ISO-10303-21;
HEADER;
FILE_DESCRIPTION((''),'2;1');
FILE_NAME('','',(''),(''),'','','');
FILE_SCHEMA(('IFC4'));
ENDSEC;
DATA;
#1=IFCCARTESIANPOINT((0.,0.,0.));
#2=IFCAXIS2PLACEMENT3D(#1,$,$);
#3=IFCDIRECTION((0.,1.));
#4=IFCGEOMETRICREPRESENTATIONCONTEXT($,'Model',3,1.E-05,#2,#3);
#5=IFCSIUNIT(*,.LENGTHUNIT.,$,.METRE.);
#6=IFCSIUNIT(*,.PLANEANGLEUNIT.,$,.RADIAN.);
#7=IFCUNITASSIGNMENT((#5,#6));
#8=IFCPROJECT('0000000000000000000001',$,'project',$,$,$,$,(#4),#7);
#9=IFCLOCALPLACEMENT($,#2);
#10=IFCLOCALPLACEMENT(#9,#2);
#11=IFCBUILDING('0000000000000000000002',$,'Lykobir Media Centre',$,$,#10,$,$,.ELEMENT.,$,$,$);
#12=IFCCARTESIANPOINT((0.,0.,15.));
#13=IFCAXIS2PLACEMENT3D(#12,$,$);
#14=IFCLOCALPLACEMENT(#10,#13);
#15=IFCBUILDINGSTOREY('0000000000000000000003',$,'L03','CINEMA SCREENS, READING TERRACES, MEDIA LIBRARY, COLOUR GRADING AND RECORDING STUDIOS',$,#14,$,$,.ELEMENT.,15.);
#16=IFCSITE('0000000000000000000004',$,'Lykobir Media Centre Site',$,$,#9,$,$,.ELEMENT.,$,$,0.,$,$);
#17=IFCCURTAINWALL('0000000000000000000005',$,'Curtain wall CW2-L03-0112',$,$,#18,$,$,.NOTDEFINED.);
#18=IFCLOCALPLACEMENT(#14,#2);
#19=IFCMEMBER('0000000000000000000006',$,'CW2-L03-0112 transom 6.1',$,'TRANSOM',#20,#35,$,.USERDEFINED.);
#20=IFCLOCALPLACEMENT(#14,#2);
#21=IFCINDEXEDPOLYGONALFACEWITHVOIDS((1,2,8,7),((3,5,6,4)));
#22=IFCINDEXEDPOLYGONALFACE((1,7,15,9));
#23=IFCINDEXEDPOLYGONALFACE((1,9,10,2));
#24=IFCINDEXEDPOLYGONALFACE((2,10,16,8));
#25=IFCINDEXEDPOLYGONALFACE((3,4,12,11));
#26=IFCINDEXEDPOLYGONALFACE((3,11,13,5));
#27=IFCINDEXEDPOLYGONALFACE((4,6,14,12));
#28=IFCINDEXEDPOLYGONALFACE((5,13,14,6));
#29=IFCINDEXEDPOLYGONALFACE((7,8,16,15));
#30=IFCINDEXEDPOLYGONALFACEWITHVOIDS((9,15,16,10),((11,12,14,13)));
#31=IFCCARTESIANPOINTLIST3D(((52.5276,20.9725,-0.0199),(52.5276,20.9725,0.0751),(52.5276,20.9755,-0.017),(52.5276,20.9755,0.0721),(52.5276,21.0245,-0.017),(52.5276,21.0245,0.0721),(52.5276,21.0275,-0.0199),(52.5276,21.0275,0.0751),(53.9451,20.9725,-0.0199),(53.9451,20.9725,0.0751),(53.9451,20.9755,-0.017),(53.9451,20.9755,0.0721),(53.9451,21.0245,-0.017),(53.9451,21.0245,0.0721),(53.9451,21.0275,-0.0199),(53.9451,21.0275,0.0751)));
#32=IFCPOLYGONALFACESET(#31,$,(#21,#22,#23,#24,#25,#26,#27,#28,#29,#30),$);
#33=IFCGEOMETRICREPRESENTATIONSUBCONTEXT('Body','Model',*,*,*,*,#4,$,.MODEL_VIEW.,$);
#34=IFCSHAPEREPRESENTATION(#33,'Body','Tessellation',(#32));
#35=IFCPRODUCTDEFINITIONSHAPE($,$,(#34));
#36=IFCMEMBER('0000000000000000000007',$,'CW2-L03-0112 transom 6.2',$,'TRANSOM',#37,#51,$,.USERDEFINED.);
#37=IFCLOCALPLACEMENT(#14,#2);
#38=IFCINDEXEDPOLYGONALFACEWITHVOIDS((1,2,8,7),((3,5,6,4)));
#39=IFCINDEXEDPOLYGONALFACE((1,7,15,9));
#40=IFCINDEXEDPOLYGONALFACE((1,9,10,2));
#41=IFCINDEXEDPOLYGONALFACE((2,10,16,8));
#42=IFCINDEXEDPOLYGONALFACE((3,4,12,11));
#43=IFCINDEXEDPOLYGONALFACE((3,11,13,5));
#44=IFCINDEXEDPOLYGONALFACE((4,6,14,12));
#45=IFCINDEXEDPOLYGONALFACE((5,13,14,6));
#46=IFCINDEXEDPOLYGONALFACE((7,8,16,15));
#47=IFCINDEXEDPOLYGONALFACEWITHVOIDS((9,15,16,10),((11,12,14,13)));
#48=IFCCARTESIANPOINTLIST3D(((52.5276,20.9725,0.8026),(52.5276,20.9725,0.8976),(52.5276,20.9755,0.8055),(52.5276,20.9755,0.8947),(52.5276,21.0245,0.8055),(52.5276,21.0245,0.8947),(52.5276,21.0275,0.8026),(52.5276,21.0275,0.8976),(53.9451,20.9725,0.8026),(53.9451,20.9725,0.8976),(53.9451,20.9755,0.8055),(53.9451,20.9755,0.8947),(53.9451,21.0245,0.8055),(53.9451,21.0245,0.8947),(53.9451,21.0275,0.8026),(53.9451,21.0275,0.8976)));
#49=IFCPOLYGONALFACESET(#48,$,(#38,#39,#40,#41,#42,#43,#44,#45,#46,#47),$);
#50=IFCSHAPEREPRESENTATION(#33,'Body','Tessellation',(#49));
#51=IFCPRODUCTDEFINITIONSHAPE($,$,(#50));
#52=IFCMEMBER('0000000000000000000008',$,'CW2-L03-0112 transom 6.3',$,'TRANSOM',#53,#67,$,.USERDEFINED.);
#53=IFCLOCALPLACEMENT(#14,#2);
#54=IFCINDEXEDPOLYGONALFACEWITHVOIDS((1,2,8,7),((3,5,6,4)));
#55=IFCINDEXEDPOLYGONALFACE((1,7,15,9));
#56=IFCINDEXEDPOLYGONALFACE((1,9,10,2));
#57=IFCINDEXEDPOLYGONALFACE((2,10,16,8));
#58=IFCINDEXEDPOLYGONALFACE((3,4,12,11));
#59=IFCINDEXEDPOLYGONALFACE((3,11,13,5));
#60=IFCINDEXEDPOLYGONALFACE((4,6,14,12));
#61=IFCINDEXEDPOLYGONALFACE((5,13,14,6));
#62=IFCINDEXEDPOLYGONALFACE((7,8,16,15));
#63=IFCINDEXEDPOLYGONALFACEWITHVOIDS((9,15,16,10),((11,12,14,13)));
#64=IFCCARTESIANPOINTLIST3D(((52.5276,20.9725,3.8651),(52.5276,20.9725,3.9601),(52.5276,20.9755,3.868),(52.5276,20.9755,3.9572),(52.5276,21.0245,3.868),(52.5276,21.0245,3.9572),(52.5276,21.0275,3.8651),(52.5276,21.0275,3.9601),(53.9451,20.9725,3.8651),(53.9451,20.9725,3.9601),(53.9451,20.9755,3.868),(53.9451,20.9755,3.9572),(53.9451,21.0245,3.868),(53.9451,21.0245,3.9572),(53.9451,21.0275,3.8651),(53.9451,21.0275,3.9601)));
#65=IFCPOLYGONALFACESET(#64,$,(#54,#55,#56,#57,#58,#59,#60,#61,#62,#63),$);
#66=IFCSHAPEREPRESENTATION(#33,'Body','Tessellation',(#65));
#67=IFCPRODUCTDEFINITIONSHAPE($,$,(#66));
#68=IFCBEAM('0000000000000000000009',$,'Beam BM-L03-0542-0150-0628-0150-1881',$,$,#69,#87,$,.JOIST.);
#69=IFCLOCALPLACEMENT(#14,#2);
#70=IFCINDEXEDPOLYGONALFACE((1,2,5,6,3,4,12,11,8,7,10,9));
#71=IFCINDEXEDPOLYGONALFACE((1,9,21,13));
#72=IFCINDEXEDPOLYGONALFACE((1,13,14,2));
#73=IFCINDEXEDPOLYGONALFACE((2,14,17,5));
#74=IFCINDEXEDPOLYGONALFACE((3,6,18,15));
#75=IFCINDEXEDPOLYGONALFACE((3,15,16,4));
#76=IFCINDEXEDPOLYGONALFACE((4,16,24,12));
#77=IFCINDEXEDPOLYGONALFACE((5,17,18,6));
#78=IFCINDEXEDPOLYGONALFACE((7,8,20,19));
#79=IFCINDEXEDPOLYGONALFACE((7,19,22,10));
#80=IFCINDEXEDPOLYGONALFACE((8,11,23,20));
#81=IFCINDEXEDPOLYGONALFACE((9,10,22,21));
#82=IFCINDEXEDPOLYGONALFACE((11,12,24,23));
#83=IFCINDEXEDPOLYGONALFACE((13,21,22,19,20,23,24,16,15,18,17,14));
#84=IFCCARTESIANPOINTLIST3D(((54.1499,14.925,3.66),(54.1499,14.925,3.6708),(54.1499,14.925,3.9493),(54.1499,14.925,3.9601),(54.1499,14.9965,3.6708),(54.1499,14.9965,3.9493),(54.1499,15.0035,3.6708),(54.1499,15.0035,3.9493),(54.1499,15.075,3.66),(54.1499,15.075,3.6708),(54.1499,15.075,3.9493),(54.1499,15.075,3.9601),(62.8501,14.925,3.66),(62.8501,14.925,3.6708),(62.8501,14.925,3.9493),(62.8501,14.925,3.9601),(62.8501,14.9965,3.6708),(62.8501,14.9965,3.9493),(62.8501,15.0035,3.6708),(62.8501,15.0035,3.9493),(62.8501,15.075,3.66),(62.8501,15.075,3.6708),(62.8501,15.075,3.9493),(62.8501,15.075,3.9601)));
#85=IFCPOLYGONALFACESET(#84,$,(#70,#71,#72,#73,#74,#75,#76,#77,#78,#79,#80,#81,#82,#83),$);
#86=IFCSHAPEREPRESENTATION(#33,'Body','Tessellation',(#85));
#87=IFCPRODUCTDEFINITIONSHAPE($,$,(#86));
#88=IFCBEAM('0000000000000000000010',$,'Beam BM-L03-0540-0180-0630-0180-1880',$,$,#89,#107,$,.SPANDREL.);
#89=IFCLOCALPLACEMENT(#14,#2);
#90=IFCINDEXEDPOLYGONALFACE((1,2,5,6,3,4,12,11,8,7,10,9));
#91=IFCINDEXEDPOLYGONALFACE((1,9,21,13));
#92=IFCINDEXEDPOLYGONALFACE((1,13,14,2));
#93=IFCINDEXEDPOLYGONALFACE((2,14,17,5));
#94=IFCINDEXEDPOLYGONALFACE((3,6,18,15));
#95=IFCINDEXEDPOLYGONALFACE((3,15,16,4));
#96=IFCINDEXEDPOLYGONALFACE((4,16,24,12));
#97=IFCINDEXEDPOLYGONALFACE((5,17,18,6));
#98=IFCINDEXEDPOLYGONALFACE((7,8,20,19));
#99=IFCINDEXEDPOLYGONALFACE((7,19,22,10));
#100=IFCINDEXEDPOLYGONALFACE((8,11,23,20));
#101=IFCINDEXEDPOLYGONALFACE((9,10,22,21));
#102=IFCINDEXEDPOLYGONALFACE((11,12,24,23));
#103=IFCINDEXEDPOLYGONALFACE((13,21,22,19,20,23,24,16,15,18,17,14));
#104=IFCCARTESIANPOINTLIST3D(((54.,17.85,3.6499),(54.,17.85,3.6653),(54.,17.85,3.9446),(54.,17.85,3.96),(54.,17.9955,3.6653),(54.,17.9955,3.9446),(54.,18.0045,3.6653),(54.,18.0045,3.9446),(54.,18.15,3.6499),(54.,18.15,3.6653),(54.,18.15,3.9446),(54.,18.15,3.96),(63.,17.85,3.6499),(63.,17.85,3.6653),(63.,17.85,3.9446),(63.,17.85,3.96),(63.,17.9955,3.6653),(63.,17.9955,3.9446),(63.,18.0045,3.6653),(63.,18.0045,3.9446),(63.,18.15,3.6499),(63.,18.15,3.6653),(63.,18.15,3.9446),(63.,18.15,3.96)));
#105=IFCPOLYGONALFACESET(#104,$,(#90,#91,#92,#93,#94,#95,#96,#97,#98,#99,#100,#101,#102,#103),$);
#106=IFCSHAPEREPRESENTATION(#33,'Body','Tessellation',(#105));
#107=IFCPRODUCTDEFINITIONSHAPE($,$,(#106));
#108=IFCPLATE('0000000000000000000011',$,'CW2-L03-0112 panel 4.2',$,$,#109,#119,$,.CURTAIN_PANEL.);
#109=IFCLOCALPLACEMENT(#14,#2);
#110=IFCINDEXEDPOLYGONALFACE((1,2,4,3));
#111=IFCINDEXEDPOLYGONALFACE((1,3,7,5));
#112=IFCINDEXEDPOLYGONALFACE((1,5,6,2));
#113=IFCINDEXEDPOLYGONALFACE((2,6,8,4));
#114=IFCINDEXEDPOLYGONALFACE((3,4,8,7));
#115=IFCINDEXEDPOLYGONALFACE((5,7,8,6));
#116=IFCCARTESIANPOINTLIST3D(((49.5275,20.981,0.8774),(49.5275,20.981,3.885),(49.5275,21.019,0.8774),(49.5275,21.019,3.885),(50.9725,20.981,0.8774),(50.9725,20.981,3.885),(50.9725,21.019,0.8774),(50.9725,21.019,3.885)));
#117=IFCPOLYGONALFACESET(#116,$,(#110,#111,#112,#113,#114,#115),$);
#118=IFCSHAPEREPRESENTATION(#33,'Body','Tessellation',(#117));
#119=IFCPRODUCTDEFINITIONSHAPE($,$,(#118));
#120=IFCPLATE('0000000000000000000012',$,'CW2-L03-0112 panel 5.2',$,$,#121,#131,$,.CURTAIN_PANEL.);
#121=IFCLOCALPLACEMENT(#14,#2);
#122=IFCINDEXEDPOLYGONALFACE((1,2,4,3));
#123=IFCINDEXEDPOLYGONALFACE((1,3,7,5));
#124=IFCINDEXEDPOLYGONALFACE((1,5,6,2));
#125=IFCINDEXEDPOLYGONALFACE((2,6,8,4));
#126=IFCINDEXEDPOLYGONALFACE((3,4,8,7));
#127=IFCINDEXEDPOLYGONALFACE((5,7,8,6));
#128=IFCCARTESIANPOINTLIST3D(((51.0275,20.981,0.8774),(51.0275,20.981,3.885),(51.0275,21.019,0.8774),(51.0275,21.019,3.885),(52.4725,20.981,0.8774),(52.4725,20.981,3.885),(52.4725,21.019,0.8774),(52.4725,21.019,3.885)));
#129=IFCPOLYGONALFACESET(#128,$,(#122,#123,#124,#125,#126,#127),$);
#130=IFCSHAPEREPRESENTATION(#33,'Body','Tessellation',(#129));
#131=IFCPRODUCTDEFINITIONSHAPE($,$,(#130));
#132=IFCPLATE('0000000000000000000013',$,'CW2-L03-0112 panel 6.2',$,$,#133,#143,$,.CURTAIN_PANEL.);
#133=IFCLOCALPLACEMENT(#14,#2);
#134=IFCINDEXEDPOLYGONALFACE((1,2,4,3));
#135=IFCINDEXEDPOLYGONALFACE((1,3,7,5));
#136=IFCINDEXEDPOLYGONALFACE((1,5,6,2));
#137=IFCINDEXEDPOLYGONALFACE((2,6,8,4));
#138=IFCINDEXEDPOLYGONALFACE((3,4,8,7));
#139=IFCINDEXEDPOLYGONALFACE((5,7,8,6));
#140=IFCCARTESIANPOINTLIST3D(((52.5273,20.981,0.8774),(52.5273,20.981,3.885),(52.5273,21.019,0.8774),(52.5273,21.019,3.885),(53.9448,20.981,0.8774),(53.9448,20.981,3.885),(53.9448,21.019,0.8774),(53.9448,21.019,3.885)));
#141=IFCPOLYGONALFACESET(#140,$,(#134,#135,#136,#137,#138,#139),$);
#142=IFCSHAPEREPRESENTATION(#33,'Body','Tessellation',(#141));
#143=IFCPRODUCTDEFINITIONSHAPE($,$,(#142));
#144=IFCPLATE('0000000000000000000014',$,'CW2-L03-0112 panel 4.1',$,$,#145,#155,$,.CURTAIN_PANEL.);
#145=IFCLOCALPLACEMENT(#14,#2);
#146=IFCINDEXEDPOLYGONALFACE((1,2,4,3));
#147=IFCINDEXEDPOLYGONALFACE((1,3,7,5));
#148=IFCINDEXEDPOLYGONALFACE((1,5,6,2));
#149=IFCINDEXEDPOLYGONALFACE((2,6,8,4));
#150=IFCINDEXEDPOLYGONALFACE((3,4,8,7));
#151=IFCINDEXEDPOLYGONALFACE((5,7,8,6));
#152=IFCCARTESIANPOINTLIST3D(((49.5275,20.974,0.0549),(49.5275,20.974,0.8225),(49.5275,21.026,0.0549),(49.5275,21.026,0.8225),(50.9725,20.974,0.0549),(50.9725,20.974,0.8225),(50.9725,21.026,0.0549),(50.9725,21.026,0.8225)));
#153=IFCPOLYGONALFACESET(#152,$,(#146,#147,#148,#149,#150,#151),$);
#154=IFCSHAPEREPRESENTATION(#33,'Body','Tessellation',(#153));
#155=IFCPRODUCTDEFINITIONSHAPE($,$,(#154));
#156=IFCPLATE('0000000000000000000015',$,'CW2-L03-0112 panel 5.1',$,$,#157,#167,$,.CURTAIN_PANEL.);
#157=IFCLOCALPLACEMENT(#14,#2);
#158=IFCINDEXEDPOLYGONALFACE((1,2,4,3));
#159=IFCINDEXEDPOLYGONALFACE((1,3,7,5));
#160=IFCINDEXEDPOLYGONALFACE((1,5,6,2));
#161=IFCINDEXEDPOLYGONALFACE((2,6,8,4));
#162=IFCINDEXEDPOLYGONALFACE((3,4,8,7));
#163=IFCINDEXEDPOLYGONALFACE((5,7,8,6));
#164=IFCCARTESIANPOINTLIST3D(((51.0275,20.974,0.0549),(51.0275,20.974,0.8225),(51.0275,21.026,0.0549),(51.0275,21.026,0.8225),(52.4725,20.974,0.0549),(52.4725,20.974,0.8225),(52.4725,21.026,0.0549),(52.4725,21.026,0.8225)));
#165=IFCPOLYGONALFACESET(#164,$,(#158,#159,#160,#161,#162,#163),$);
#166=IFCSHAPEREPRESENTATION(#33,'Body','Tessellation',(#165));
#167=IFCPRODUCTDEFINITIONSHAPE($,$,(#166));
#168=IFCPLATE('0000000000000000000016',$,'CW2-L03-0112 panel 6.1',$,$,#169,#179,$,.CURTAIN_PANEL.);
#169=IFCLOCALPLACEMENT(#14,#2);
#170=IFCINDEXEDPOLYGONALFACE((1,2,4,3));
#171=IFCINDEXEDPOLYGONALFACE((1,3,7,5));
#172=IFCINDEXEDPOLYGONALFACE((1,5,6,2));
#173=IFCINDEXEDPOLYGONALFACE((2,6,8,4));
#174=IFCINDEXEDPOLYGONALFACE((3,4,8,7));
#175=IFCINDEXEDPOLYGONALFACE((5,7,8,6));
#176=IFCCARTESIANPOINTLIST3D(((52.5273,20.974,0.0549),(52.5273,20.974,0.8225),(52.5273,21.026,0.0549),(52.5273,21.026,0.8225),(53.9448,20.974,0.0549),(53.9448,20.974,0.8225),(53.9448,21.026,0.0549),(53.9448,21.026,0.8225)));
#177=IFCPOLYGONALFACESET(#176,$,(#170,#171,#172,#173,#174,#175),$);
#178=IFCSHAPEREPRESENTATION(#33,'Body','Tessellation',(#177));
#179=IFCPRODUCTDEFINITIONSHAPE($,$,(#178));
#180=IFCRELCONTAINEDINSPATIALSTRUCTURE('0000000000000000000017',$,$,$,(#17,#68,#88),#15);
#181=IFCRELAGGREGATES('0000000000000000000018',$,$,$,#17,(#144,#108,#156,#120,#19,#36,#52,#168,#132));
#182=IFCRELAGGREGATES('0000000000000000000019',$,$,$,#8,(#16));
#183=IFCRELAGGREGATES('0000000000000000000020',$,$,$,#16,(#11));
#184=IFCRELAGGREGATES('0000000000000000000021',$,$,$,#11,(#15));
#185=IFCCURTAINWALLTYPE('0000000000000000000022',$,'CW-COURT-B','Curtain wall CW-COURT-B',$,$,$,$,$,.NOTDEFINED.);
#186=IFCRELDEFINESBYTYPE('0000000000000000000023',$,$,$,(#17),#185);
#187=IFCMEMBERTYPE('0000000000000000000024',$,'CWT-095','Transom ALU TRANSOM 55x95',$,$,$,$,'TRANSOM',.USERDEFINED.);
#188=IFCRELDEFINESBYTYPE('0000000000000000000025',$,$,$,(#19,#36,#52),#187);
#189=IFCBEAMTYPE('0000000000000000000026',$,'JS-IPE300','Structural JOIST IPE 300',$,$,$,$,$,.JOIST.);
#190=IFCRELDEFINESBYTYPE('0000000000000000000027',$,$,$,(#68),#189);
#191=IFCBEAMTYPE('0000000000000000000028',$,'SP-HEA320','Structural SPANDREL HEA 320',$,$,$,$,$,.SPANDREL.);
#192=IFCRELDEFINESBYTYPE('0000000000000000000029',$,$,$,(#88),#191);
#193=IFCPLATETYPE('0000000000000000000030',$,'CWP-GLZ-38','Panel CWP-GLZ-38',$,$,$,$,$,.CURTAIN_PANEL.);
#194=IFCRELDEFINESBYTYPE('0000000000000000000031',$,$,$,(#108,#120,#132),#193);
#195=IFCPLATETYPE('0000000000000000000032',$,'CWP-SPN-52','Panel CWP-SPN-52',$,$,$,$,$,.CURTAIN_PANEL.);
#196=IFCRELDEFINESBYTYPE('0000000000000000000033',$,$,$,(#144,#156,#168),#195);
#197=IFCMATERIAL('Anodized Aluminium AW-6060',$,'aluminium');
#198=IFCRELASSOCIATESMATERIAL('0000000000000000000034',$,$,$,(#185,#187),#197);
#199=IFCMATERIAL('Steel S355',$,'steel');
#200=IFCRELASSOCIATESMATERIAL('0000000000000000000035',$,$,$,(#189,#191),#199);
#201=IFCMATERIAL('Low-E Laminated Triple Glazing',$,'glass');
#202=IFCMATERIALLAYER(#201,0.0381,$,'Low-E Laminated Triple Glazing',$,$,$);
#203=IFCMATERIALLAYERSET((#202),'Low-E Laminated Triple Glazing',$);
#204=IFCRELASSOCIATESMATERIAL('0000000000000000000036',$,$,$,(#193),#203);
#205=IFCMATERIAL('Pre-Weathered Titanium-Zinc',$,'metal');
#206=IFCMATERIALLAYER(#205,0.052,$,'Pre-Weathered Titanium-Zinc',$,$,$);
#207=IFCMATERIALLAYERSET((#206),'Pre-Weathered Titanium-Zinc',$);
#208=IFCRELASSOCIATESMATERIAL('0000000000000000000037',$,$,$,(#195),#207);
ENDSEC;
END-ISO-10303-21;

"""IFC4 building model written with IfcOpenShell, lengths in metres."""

from ifc_helpers import new_model, si_unit, direction, frame, origin, origin_2d, place, context, subcontext, project, spatial, rectangle, hollow_rectangle, i_section, extrude, material, layer, layer_set, material_profile, profile_set, type_object, element, aggregate, save


model = new_model("IFC4")

# Units and contexts
model_context = context("Model", 3, precision=1e-05, world=origin(), true_north=direction((0.0, 1.0)))
body_context = subcontext(model_context, "Body", "Model", "MODEL_VIEW")
ifc_project = project(units=[si_unit("LENGTHUNIT", "METRE"), si_unit("PLANEANGLEUNIT", "RADIAN")], contexts=[model_context])

# Site, building, storey
site_placement = place(None, origin())
site = spatial("IfcSite", under=ifc_project, at=site_placement, Name="Lykobir Media Centre Site", CompositionType="ELEMENT", RefElevation=0.0)
building_placement = place(site_placement, origin())
building = spatial("IfcBuilding", under=site, at=building_placement, Name="Lykobir Media Centre", CompositionType="ELEMENT")
storey_placement = place(building_placement, frame((0.0, 0.0, 15.0)))
storey = spatial("IfcBuildingStorey", under=building, at=storey_placement, Name="L03", Description="CINEMA SCREENS, READING TERRACES, MEDIA LIBRARY, COLOUR GRADING AND RECORDING STUDIOS", CompositionType="ELEMENT", Elevation=15.0)

# Shared definitions
ifc_material_1 = material(Name="Steel S355", Category="steel")

# Curtain wall, members
ifc_material_2 = material(Name="Anodized Aluminium AW-6060", Category="aluminium")
curtain_wall_type = type_object("IfcCurtainWallType", Name="CW-COURT-B", Description="Curtain wall CW-COURT-B", PredefinedType="NOTDEFINED", material=ifc_material_2)
curtain_wall_placement = place(storey_placement, origin())
curtain_wall = element("IfcCurtainWall", 1, at=curtain_wall_placement, inside=storey, type_object=curtain_wall_type, Name="Curtain wall CW2-L03-0112", PredefinedType="NOTDEFINED")
ifc_material_profile_1 = material_profile(ifc_material_2, hollow_rectangle(XDim=0.0549, YDim=0.095, WallThickness=0.0029, at=origin_2d()), Name="ALU TRANSOM 55x95")
ifc_profile_set_1 = profile_set([ifc_material_profile_1], Name="Anodized Aluminium AW-6060")
member_type_1 = type_object("IfcMemberType", Name="CWT-095", Description="Transom ALU TRANSOM 55x95", ElementType="TRANSOM", PredefinedType="USERDEFINED", material=ifc_profile_set_1)
member_1_placement = place(storey_placement, frame((52.5276, 21.0, 0.0276), z_axis=(1.0, 0.0, 0.0), x_axis=(0.0, 1.0, 0.0)))
member_1 = element("IfcMember", 2, at=member_1_placement, type_object=member_type_1, Name="CW2-L03-0112 transom 6.1", ObjectType="TRANSOM", PredefinedType="USERDEFINED", context=body_context, shape_type="SweptSolid", body=[
    extrude(hollow_rectangle(XDim=0.0549, YDim=0.095, WallThickness=0.0029, at=origin_2d()), origin(), (0.0, 0.0, 1.0), 1.4175),
])
member_2_placement = place(storey_placement, frame((52.5276, 21.0, 0.8501), z_axis=(1.0, 0.0, 0.0), x_axis=(0.0, 1.0, 0.0)))
member_2 = element("IfcMember", 3, at=member_2_placement, type_object=member_type_1, Name="CW2-L03-0112 transom 6.2", ObjectType="TRANSOM", PredefinedType="USERDEFINED", context=body_context, shape_type="SweptSolid", body=[
    extrude(hollow_rectangle(XDim=0.0549, YDim=0.095, WallThickness=0.0029, at=origin_2d()), origin(), (0.0, 0.0, 1.0), 1.4175),
])
member_3_placement = place(storey_placement, frame((52.5276, 21.0, 3.9126), z_axis=(1.0, 0.0, 0.0), x_axis=(0.0, 1.0, 0.0)))
member_3 = element("IfcMember", 4, at=member_3_placement, type_object=member_type_1, Name="CW2-L03-0112 transom 6.3", ObjectType="TRANSOM", PredefinedType="USERDEFINED", context=body_context, shape_type="SweptSolid", body=[
    extrude(hollow_rectangle(XDim=0.0549, YDim=0.095, WallThickness=0.0029, at=origin_2d()), origin(), (0.0, 0.0, 1.0), 1.4175),
])

# Beams
ifc_material_profile_2 = material_profile(ifc_material_1, i_section(OverallWidth=0.1499, OverallDepth=0.3, WebThickness=0.0071, FlangeThickness=0.0107, at=origin_2d()), Name="IPE 300")
ifc_profile_set_2 = profile_set([ifc_material_profile_2], Name="Steel S355")
beam_type_1 = type_object("IfcBeamType", Name="JS-IPE300", Description="Structural JOIST IPE 300", PredefinedType="JOIST", material=ifc_profile_set_2)
beam_1_placement = place(storey_placement, frame((54.1499, 15.0, 3.8101), z_axis=(1.0, 0.0, 0.0), x_axis=(0.0, 1.0, 0.0)))
element("IfcBeam", 5, at=beam_1_placement, inside=storey, type_object=beam_type_1, Name="Beam BM-L03-0542-0150-0628-0150-1881", PredefinedType="JOIST", context=body_context, shape_type="SweptSolid", body=[
    extrude(i_section(OverallWidth=0.1499, OverallDepth=0.3, WebThickness=0.0071, FlangeThickness=0.0107, at=origin_2d()), origin(), (0.0, 0.0, 1.0), 8.7002),
])
ifc_material_profile_3 = material_profile(ifc_material_1, i_section(OverallWidth=0.3, OverallDepth=0.3101, WebThickness=0.009, FlangeThickness=0.0154, at=origin_2d()), Name="HEA 320")
ifc_profile_set_3 = profile_set([ifc_material_profile_3], Name="Steel S355")
beam_type_2 = type_object("IfcBeamType", Name="SP-HEA320", Description="Structural SPANDREL HEA 320", PredefinedType="SPANDREL", material=ifc_profile_set_3)
beam_2_placement = place(storey_placement, frame((54.0, 18.0, 3.8049), z_axis=(1.0, 0.0, 0.0), x_axis=(0.0, 1.0, 0.0)))
element("IfcBeam", 6, at=beam_2_placement, inside=storey, type_object=beam_type_2, Name="Beam BM-L03-0540-0180-0630-0180-1880", PredefinedType="SPANDREL", context=body_context, shape_type="SweptSolid", body=[
    extrude(i_section(OverallWidth=0.3, OverallDepth=0.3101, WebThickness=0.009, FlangeThickness=0.0154, at=origin_2d()), origin(), (0.0, 0.0, 1.0), 9.0),
])

# Plates
ifc_material_3 = material(Name="Low-E Laminated Triple Glazing", Category="glass")
ifc_layer_1 = layer(ifc_material_3, 0.0381, Name="Low-E Laminated Triple Glazing")
ifc_layer_set_1 = layer_set([ifc_layer_1], Name="Low-E Laminated Triple Glazing")
plate_type_1 = type_object("IfcPlateType", Name="CWP-GLZ-38", Description="Panel CWP-GLZ-38", PredefinedType="CURTAIN_PANEL", material=ifc_layer_set_1)
plate_1_placement = place(storey_placement, frame((50.25, 21.0, 0.8774), z_axis=(0.0, 0.0, 1.0), x_axis=(1.0, 0.0, 0.0)))
plate_1 = element("IfcPlate", 7, at=plate_1_placement, type_object=plate_type_1, Name="CW2-L03-0112 panel 4.2", PredefinedType="CURTAIN_PANEL", context=body_context, shape_type="SweptSolid", body=[
    extrude(rectangle(XDim=1.4451, YDim=0.0381, at=origin_2d()), origin(), (0.0, 0.0, 1.0), 3.0076),
])
plate_2_placement = place(storey_placement, frame((51.75, 21.0, 0.8774), z_axis=(0.0, 0.0, 1.0), x_axis=(1.0, 0.0, 0.0)))
plate_2 = element("IfcPlate", 8, at=plate_2_placement, type_object=plate_type_1, Name="CW2-L03-0112 panel 5.2", PredefinedType="CURTAIN_PANEL", context=body_context, shape_type="SweptSolid", body=[
    extrude(rectangle(XDim=1.4451, YDim=0.0381, at=origin_2d()), origin(), (0.0, 0.0, 1.0), 3.0076),
])
plate_3_placement = place(storey_placement, frame((53.2361, 21.0, 0.8774), z_axis=(0.0, 0.0, 1.0), x_axis=(1.0, 0.0, 0.0)))
plate_3 = element("IfcPlate", 9, at=plate_3_placement, type_object=plate_type_1, Name="CW2-L03-0112 panel 6.2", PredefinedType="CURTAIN_PANEL", context=body_context, shape_type="SweptSolid", body=[
    extrude(rectangle(XDim=1.4175, YDim=0.0381, at=origin_2d()), origin(), (0.0, 0.0, 1.0), 3.0076),
])
ifc_material_4 = material(Name="Pre-Weathered Titanium-Zinc", Category="metal")
ifc_layer_2 = layer(ifc_material_4, 0.052, Name="Pre-Weathered Titanium-Zinc")
ifc_layer_set_2 = layer_set([ifc_layer_2], Name="Pre-Weathered Titanium-Zinc")
plate_type_2 = type_object("IfcPlateType", Name="CWP-SPN-52", Description="Panel CWP-SPN-52", PredefinedType="CURTAIN_PANEL", material=ifc_layer_set_2)
plate_4_placement = place(storey_placement, frame((50.25, 21.0, 0.0549), z_axis=(0.0, 0.0, 1.0), x_axis=(1.0, 0.0, 0.0)))
plate_4 = element("IfcPlate", 10, at=plate_4_placement, type_object=plate_type_2, Name="CW2-L03-0112 panel 4.1", PredefinedType="CURTAIN_PANEL", context=body_context, shape_type="SweptSolid", body=[
    extrude(rectangle(XDim=1.4451, YDim=0.052, at=origin_2d()), origin(), (0.0, 0.0, 1.0), 0.7676),
])
plate_5_placement = place(storey_placement, frame((51.75, 21.0, 0.0549), z_axis=(0.0, 0.0, 1.0), x_axis=(1.0, 0.0, 0.0)))
plate_5 = element("IfcPlate", 11, at=plate_5_placement, type_object=plate_type_2, Name="CW2-L03-0112 panel 5.1", PredefinedType="CURTAIN_PANEL", context=body_context, shape_type="SweptSolid", body=[
    extrude(rectangle(XDim=1.4451, YDim=0.052, at=origin_2d()), origin(), (0.0, 0.0, 1.0), 0.7676),
])
plate_6_placement = place(storey_placement, frame((53.2361, 21.0, 0.0549), z_axis=(0.0, 0.0, 1.0), x_axis=(1.0, 0.0, 0.0)))
plate_6 = element("IfcPlate", 12, at=plate_6_placement, type_object=plate_type_2, Name="CW2-L03-0112 panel 6.1", PredefinedType="CURTAIN_PANEL", context=body_context, shape_type="SweptSolid", body=[
    extrude(rectangle(XDim=1.4175, YDim=0.052, at=origin_2d()), origin(), (0.0, 0.0, 1.0), 0.7676),
])
aggregate(curtain_wall, [plate_4, plate_1, plate_5, plate_2, member_1, member_2, member_3, plate_6, plate_3])

save(model, "model.ifc")
